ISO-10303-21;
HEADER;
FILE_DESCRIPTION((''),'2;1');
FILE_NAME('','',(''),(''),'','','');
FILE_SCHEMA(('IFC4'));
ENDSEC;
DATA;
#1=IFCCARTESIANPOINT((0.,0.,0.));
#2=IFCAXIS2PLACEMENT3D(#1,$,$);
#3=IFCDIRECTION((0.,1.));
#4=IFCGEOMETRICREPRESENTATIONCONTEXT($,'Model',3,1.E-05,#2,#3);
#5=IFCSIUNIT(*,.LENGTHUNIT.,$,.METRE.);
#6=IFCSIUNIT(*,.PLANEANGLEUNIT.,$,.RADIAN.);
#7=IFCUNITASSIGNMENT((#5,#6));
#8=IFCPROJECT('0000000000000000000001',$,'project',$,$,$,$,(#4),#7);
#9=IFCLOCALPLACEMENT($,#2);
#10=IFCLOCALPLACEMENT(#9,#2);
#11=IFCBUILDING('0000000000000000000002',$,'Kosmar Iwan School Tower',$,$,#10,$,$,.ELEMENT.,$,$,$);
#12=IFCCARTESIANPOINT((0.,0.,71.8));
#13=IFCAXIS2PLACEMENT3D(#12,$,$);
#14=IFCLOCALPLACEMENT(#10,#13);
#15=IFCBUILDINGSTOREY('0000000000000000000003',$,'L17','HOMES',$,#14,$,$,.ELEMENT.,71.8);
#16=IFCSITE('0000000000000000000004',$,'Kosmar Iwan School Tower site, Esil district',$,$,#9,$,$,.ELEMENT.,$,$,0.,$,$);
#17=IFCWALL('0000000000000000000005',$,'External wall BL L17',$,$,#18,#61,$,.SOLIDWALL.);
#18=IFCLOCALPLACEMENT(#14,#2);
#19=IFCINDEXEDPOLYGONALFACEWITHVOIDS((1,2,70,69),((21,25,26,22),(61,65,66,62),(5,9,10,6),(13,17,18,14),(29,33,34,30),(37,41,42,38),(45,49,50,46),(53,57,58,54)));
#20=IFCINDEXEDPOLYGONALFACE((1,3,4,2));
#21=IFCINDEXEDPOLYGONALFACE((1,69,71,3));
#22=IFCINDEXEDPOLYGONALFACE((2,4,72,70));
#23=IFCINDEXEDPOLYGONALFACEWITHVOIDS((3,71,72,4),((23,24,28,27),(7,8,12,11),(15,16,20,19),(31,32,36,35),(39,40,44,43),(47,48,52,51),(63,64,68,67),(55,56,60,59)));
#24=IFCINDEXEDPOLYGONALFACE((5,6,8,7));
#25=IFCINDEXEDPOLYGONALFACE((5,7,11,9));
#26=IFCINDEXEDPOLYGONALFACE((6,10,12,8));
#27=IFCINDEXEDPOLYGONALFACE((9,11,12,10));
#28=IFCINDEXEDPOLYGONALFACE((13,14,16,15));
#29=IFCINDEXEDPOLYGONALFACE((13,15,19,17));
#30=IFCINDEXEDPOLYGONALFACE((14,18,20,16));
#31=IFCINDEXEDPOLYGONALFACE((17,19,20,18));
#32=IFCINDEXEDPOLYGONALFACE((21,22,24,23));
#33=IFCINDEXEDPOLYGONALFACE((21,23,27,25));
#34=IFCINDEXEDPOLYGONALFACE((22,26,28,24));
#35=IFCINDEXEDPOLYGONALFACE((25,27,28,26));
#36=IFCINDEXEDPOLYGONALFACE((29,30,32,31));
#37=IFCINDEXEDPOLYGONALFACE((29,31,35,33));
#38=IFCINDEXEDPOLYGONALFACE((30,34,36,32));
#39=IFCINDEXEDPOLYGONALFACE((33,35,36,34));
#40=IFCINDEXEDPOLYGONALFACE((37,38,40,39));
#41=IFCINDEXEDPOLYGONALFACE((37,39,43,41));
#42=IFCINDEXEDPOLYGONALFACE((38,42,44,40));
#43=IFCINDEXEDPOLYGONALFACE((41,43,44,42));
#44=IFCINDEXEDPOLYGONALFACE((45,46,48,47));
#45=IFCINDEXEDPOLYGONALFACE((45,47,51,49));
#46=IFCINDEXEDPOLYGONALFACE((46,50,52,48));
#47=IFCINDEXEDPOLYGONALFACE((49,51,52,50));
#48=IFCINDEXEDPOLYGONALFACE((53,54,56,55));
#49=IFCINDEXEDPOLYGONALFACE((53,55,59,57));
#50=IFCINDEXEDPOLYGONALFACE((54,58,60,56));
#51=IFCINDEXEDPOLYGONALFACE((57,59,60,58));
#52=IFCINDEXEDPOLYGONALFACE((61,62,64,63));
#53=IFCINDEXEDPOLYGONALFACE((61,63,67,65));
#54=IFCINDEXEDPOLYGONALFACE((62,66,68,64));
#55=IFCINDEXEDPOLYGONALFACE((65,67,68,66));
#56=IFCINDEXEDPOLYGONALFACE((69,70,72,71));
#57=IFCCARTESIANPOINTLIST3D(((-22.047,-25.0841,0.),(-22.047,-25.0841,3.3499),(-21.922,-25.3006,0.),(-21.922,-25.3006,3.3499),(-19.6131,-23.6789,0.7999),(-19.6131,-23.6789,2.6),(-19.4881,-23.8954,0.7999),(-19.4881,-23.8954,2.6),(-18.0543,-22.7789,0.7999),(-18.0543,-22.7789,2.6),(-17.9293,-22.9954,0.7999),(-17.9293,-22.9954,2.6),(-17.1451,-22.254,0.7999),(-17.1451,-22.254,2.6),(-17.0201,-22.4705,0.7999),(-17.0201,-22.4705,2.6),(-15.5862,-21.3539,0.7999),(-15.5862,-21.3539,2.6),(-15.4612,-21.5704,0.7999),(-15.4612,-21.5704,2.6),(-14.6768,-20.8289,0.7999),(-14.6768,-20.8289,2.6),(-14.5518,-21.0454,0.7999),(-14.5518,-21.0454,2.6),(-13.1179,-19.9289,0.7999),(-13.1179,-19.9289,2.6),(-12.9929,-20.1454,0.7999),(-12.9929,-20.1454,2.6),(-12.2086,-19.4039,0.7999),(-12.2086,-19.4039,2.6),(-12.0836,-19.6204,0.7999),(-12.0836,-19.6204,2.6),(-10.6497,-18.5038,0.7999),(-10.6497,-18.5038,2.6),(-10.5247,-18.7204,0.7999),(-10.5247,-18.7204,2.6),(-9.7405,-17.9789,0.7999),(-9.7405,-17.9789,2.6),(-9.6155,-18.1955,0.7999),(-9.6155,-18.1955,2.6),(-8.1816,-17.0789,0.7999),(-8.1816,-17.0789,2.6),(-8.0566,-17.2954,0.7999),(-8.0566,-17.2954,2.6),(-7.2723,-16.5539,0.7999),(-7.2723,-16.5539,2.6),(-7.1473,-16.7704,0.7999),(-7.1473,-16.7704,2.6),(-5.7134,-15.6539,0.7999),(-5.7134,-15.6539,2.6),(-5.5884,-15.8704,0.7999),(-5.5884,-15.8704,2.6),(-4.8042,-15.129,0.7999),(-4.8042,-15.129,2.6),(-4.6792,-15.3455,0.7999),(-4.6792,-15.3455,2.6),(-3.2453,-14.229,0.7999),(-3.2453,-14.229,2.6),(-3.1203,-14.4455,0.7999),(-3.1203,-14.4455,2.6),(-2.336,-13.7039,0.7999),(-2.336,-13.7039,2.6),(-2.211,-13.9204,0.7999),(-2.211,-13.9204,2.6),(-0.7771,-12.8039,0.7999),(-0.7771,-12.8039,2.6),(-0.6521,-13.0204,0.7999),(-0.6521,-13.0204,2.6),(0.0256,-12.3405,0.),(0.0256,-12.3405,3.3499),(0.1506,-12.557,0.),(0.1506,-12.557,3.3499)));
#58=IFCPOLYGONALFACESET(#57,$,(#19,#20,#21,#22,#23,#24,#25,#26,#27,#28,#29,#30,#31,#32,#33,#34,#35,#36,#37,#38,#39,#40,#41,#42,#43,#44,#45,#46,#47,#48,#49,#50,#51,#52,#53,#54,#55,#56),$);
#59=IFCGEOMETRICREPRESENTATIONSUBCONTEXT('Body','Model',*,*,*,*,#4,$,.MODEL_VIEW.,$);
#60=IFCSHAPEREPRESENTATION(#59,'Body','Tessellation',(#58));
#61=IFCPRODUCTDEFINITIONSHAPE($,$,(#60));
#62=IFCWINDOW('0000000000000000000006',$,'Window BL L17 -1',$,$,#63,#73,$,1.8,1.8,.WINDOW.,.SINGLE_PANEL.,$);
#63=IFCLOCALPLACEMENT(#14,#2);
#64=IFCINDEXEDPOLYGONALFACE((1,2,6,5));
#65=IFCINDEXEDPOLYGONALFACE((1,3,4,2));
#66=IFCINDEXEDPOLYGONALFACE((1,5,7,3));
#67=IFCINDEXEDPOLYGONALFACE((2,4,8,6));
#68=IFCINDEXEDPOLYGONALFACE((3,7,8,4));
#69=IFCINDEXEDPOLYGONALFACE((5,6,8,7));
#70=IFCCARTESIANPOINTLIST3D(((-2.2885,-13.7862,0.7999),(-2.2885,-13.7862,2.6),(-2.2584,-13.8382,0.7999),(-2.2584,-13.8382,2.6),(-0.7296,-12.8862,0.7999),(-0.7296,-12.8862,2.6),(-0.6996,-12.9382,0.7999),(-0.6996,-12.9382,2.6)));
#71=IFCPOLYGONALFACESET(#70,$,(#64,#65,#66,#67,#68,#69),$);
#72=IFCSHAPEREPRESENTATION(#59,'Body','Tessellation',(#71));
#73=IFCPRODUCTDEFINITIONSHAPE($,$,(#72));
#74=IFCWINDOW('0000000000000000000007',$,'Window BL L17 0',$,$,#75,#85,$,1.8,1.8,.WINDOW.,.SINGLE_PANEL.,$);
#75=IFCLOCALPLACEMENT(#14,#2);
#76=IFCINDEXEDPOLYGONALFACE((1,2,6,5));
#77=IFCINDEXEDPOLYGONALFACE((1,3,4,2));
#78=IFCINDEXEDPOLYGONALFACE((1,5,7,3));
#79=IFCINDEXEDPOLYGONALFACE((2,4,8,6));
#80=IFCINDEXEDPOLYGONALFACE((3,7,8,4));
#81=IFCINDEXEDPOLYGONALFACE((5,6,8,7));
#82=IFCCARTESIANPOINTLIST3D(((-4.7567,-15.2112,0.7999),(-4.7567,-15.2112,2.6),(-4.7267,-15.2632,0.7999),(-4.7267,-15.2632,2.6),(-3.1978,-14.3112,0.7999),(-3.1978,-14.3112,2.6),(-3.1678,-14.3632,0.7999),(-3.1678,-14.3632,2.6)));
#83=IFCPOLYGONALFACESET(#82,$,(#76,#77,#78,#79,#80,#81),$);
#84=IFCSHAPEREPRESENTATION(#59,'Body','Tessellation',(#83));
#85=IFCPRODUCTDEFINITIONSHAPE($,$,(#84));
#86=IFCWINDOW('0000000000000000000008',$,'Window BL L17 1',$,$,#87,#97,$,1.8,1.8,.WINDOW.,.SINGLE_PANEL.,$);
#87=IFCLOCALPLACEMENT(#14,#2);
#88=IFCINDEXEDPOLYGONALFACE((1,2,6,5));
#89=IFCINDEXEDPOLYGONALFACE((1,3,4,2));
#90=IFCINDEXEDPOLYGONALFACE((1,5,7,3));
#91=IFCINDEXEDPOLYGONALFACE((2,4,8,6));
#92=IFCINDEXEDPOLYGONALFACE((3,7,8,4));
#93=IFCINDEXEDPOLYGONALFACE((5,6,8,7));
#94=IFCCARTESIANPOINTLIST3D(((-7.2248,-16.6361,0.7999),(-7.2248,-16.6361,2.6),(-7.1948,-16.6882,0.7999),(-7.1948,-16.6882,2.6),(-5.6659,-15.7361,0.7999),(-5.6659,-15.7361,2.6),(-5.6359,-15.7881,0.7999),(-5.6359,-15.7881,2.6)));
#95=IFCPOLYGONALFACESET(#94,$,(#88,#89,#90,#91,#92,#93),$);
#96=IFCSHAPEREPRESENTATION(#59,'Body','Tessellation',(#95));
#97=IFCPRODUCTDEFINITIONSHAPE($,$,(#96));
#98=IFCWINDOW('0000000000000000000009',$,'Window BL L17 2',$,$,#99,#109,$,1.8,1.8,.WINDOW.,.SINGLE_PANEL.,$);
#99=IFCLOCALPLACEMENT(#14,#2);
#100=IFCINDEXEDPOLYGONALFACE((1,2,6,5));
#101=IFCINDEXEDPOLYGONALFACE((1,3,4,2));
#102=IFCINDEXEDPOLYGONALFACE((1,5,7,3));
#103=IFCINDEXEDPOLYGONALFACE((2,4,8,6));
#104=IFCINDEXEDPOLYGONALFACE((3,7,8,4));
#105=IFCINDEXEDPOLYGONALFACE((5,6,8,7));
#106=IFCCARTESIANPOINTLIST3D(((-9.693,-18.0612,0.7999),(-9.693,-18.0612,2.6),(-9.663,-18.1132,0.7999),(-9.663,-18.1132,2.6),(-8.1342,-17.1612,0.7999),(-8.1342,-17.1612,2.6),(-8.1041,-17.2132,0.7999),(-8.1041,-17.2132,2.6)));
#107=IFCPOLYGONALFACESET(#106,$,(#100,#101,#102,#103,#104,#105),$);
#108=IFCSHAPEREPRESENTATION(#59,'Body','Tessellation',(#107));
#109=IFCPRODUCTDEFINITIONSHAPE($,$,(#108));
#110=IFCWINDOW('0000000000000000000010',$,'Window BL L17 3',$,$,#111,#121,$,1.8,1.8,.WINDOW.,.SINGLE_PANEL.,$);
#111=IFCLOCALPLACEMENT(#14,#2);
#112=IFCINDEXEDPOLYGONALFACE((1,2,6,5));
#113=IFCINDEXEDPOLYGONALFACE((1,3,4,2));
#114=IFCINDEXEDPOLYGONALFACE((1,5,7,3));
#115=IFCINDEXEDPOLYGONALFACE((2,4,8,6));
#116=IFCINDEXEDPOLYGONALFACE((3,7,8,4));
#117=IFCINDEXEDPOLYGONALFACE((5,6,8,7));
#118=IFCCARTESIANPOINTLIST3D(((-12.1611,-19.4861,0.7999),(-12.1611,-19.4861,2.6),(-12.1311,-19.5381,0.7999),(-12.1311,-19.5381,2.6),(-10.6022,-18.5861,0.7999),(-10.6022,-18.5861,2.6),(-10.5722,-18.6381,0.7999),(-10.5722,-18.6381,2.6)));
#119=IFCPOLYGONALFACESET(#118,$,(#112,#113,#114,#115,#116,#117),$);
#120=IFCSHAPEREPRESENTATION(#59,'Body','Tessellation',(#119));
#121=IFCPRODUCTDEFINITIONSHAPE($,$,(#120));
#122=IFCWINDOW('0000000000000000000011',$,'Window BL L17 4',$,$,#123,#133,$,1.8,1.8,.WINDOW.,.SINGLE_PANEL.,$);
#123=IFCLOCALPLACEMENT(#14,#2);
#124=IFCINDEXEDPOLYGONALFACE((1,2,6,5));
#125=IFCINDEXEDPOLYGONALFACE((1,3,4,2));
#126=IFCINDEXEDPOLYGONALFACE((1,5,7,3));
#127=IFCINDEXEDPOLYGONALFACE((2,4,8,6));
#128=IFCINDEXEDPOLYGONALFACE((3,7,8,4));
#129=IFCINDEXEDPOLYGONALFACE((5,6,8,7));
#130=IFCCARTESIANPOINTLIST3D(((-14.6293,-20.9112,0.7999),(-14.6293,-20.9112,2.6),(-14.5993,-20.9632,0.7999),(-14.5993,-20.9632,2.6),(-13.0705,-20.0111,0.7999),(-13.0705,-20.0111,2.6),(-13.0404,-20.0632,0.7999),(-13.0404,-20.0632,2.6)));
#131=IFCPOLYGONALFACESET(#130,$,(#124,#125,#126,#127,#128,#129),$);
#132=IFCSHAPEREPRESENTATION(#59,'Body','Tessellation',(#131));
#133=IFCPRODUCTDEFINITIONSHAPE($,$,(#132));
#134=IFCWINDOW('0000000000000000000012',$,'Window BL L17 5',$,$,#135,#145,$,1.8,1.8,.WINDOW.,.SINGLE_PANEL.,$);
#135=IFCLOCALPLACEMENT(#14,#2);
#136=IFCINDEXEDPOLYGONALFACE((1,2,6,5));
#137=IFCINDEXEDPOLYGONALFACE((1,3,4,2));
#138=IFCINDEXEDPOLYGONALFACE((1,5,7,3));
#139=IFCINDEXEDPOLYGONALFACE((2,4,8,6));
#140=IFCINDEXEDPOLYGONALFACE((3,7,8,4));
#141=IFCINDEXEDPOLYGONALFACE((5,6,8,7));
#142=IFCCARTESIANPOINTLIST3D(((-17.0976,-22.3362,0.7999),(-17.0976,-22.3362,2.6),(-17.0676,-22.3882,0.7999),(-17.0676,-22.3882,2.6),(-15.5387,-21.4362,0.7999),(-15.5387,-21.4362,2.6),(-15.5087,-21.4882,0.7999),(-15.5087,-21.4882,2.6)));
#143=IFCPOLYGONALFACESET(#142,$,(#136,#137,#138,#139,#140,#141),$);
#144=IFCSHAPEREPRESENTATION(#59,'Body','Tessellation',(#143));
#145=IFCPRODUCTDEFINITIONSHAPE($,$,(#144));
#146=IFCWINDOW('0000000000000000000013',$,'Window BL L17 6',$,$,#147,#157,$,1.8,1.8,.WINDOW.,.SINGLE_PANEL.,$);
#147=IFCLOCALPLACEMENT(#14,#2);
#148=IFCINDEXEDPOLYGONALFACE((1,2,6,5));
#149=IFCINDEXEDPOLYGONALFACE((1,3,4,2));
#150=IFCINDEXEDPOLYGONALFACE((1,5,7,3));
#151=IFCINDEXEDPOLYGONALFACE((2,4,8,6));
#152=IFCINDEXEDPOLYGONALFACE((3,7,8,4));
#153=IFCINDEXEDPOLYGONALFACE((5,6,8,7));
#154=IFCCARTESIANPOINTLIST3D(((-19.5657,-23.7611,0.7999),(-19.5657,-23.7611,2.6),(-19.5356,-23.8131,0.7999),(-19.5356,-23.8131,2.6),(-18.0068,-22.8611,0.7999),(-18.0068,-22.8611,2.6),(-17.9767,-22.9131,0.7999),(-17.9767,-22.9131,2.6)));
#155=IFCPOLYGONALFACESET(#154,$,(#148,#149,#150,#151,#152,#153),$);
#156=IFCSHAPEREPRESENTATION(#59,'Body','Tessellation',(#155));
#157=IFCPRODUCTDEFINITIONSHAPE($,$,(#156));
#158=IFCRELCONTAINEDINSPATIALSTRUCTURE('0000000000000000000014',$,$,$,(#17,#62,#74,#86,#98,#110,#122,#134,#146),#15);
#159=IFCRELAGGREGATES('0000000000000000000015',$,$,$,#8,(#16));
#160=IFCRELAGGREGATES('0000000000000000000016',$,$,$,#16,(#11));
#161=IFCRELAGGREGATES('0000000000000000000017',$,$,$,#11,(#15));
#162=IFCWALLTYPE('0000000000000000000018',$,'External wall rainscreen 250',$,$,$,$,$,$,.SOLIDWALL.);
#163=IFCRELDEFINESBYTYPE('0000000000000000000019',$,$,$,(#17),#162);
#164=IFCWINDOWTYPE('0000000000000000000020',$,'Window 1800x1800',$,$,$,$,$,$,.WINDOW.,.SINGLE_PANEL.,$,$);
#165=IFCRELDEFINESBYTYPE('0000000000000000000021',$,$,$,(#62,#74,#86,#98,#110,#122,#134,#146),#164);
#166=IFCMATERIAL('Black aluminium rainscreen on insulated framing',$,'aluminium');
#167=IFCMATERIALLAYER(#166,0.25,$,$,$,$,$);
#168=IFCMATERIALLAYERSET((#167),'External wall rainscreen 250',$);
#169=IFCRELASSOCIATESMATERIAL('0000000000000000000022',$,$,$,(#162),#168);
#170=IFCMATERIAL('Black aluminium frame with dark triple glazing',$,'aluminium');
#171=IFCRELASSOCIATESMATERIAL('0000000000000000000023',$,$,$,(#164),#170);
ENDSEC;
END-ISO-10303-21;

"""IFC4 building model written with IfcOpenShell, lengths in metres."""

from ifc_helpers import new_model, si_unit, direction, frame, frame_2d, origin, place, context, subcontext, project, spatial, rectangle, extrude, material, layer, layer_set, type_object, element, fill, save


model = new_model("IFC4")

# Units and contexts
model_context = context("Model", 3, precision=1e-05, world=origin(), true_north=direction((0.0, 1.0)))
body_context = subcontext(model_context, "Body", "Model", "MODEL_VIEW")
ifc_project = project(units=[si_unit("LENGTHUNIT", "METRE"), si_unit("PLANEANGLEUNIT", "RADIAN")], contexts=[model_context])

# Site, building, storey
site_placement = place(None, origin())
site = spatial("IfcSite", under=ifc_project, at=site_placement, Name="Kosmar Iwan School Tower site, Esil district", CompositionType="ELEMENT", RefElevation=0.0)
building_placement = place(site_placement, origin())
building = spatial("IfcBuilding", under=site, at=building_placement, Name="Kosmar Iwan School Tower", CompositionType="ELEMENT")
storey_placement = place(building_placement, frame((0.0, 0.0, 71.8)))
storey = spatial("IfcBuildingStorey", under=building, at=storey_placement, Name="L17", Description="HOMES", CompositionType="ELEMENT", Elevation=71.8)

# Wall, openings, windows
ifc_material_1 = material(Name="Black aluminium rainscreen on insulated framing", Category="aluminium")
ifc_layer = layer(ifc_material_1, 0.25)
ifc_layer_set = layer_set([ifc_layer], Name="External wall rainscreen 250")
wall_type = type_object("IfcWallType", Name="External wall rainscreen 250", PredefinedType="SOLIDWALL", material=ifc_layer_set)
wall_placement = place(storey_placement, frame((0.0881, -12.4487, 0.0), z_axis=(0.0, 0.0, 1.0), x_axis=(-0.866026, -0.499998, 0.0)))
wall = element("IfcWall", 1, at=wall_placement, inside=storey, type_object=wall_type, Name="External wall BL L17", PredefinedType="SOLIDWALL", context=body_context, shape_type="SweptSolid", body=[
    extrude(rectangle(XDim=25.4873, YDim=0.25, at=frame_2d((12.7437, 0.0))), origin(), (0.0, 0.0, 1.0), 3.3499),
])
opening_1_placement = place(wall_placement, frame((0.927, 0.0, 0.8)))
opening_1 = element("IfcOpeningElement", 2, at=opening_1_placement, cuts=wall, PredefinedType="OPENING", context=body_context, shape_type="SweptSolid", body=[
    extrude(rectangle(XDim=1.8, YDim=1.8, at=frame_2d((0.8999, 0.8999))), frame((0.0, 0.137, 0.0), z_axis=(0.0, -1.0, 0.0), x_axis=(1.0, 0.0, 0.0)), (0.0, 0.0, 1.0), 0.2739),
])
opening_2_placement = place(wall_placement, frame((3.7771, 0.0, 0.8)))
opening_2 = element("IfcOpeningElement", 3, at=opening_2_placement, cuts=wall, PredefinedType="OPENING", context=body_context, shape_type="SweptSolid", body=[
    extrude(rectangle(XDim=1.8, YDim=1.8, at=frame_2d((0.8999, 0.8999))), frame((0.0, 0.137, 0.0), z_axis=(0.0, -1.0, 0.0), x_axis=(1.0, 0.0, 0.0)), (0.0, 0.0, 1.0), 0.2739),
])
opening_3_placement = place(wall_placement, frame((6.627, 0.0, 0.8)))
opening_3 = element("IfcOpeningElement", 4, at=opening_3_placement, cuts=wall, PredefinedType="OPENING", context=body_context, shape_type="SweptSolid", body=[
    extrude(rectangle(XDim=1.8, YDim=1.8, at=frame_2d((0.8999, 0.8999))), frame((0.0, 0.137, 0.0), z_axis=(0.0, -1.0, 0.0), x_axis=(1.0, 0.0, 0.0)), (0.0, 0.0, 1.0), 0.2739),
])
opening_4_placement = place(wall_placement, frame((9.4771, 0.0, 0.8)))
opening_4 = element("IfcOpeningElement", 5, at=opening_4_placement, cuts=wall, PredefinedType="OPENING", context=body_context, shape_type="SweptSolid", body=[
    extrude(rectangle(XDim=1.8, YDim=1.8, at=frame_2d((0.8999, 0.8999))), frame((0.0, 0.137, 0.0), z_axis=(0.0, -1.0, 0.0), x_axis=(1.0, 0.0, 0.0)), (0.0, 0.0, 1.0), 0.2739),
])
opening_5_placement = place(wall_placement, frame((12.3269, 0.0, 0.8)))
opening_5 = element("IfcOpeningElement", 6, at=opening_5_placement, cuts=wall, PredefinedType="OPENING", context=body_context, shape_type="SweptSolid", body=[
    extrude(rectangle(XDim=1.8, YDim=1.8, at=frame_2d((0.8999, 0.8999))), frame((0.0, 0.137, 0.0), z_axis=(0.0, -1.0, 0.0), x_axis=(1.0, 0.0, 0.0)), (0.0, 0.0, 1.0), 0.2739),
])
opening_6_placement = place(wall_placement, frame((15.177, 0.0, 0.8)))
opening_6 = element("IfcOpeningElement", 7, at=opening_6_placement, cuts=wall, PredefinedType="OPENING", context=body_context, shape_type="SweptSolid", body=[
    extrude(rectangle(XDim=1.8, YDim=1.8, at=frame_2d((0.8999, 0.8999))), frame((0.0, 0.137, 0.0), z_axis=(0.0, -1.0, 0.0), x_axis=(1.0, 0.0, 0.0)), (0.0, 0.0, 1.0), 0.2739),
])
opening_7_placement = place(wall_placement, frame((18.0271, 0.0, 0.8)))
opening_7 = element("IfcOpeningElement", 8, at=opening_7_placement, cuts=wall, PredefinedType="OPENING", context=body_context, shape_type="SweptSolid", body=[
    extrude(rectangle(XDim=1.8, YDim=1.8, at=frame_2d((0.8999, 0.8999))), frame((0.0, 0.137, 0.0), z_axis=(0.0, -1.0, 0.0), x_axis=(1.0, 0.0, 0.0)), (0.0, 0.0, 1.0), 0.2739),
])
opening_8_placement = place(wall_placement, frame((20.877, 0.0, 0.8)))
opening_8 = element("IfcOpeningElement", 9, at=opening_8_placement, cuts=wall, PredefinedType="OPENING", context=body_context, shape_type="SweptSolid", body=[
    extrude(rectangle(XDim=1.8, YDim=1.8, at=frame_2d((0.8999, 0.8999))), frame((0.0, 0.137, 0.0), z_axis=(0.0, -1.0, 0.0), x_axis=(1.0, 0.0, 0.0)), (0.0, 0.0, 1.0), 0.2739),
])
ifc_material_2 = material(Name="Black aluminium frame with dark triple glazing", Category="aluminium")
window_type = type_object("IfcWindowType", Name="Window 1800x1800", PartitioningType="SINGLE_PANEL", PredefinedType="WINDOW", material=ifc_material_2)
window_1_placement = place(opening_1_placement, origin())
window_1 = element("IfcWindow", 10, at=window_1_placement, inside=storey, type_object=window_type, Name="Window BL L17 -1", OverallHeight=1.8, OverallWidth=1.8, PartitioningType="SINGLE_PANEL", PredefinedType="WINDOW", context=body_context, shape_type="SweptSolid", body=[
    extrude(rectangle(XDim=1.8, YDim=1.8, at=frame_2d((0.8999, 0.8999))), frame((0.0, 0.03, 0.0), z_axis=(0.0, -1.0, 0.0), x_axis=(1.0, 0.0, 0.0)), (0.0, 0.0, 1.0), 0.0601),
])
fill(opening_1, window_1)
window_2_placement = place(opening_2_placement, origin())
window_2 = element("IfcWindow", 11, at=window_2_placement, inside=storey, type_object=window_type, Name="Window BL L17 0", OverallHeight=1.8, OverallWidth=1.8, PartitioningType="SINGLE_PANEL", PredefinedType="WINDOW", context=body_context, shape_type="SweptSolid", body=[
    extrude(rectangle(XDim=1.8, YDim=1.8, at=frame_2d((0.8999, 0.8999))), frame((0.0, 0.03, 0.0), z_axis=(0.0, -1.0, 0.0), x_axis=(1.0, 0.0, 0.0)), (0.0, 0.0, 1.0), 0.0601),
])
fill(opening_2, window_2)
window_3_placement = place(opening_3_placement, origin())
window_3 = element("IfcWindow", 12, at=window_3_placement, inside=storey, type_object=window_type, Name="Window BL L17 1", OverallHeight=1.8, OverallWidth=1.8, PartitioningType="SINGLE_PANEL", PredefinedType="WINDOW", context=body_context, shape_type="SweptSolid", body=[
    extrude(rectangle(XDim=1.8, YDim=1.8, at=frame_2d((0.8999, 0.8999))), frame((0.0, 0.03, 0.0), z_axis=(0.0, -1.0, 0.0), x_axis=(1.0, 0.0, 0.0)), (0.0, 0.0, 1.0), 0.0601),
])
fill(opening_3, window_3)
window_4_placement = place(opening_4_placement, origin())
window_4 = element("IfcWindow", 13, at=window_4_placement, inside=storey, type_object=window_type, Name="Window BL L17 2", OverallHeight=1.8, OverallWidth=1.8, PartitioningType="SINGLE_PANEL", PredefinedType="WINDOW", context=body_context, shape_type="SweptSolid", body=[
    extrude(rectangle(XDim=1.8, YDim=1.8, at=frame_2d((0.8999, 0.8999))), frame((0.0, 0.03, 0.0), z_axis=(0.0, -1.0, 0.0), x_axis=(1.0, 0.0, 0.0)), (0.0, 0.0, 1.0), 0.0601),
])
fill(opening_4, window_4)
window_5_placement = place(opening_5_placement, origin())
window_5 = element("IfcWindow", 14, at=window_5_placement, inside=storey, type_object=window_type, Name="Window BL L17 3", OverallHeight=1.8, OverallWidth=1.8, PartitioningType="SINGLE_PANEL", PredefinedType="WINDOW", context=body_context, shape_type="SweptSolid", body=[
    extrude(rectangle(XDim=1.8, YDim=1.8, at=frame_2d((0.8999, 0.8999))), frame((0.0, 0.03, 0.0), z_axis=(0.0, -1.0, 0.0), x_axis=(1.0, 0.0, 0.0)), (0.0, 0.0, 1.0), 0.0601),
])
fill(opening_5, window_5)
window_6_placement = place(opening_6_placement, origin())
window_6 = element("IfcWindow", 15, at=window_6_placement, inside=storey, type_object=window_type, Name="Window BL L17 4", OverallHeight=1.8, OverallWidth=1.8, PartitioningType="SINGLE_PANEL", PredefinedType="WINDOW", context=body_context, shape_type="SweptSolid", body=[
    extrude(rectangle(XDim=1.8, YDim=1.8, at=frame_2d((0.8999, 0.8999))), frame((0.0, 0.03, 0.0), z_axis=(0.0, -1.0, 0.0), x_axis=(1.0, 0.0, 0.0)), (0.0, 0.0, 1.0), 0.0601),
])
fill(opening_6, window_6)
window_7_placement = place(opening_7_placement, origin())
window_7 = element("IfcWindow", 16, at=window_7_placement, inside=storey, type_object=window_type, Name="Window BL L17 5", OverallHeight=1.8, OverallWidth=1.8, PartitioningType="SINGLE_PANEL", PredefinedType="WINDOW", context=body_context, shape_type="SweptSolid", body=[
    extrude(rectangle(XDim=1.8, YDim=1.8, at=frame_2d((0.8999, 0.8999))), frame((0.0, 0.03, 0.0), z_axis=(0.0, -1.0, 0.0), x_axis=(1.0, 0.0, 0.0)), (0.0, 0.0, 1.0), 0.0601),
])
fill(opening_7, window_7)
window_8_placement = place(opening_8_placement, origin())
window_8 = element("IfcWindow", 17, at=window_8_placement, inside=storey, type_object=window_type, Name="Window BL L17 6", OverallHeight=1.8, OverallWidth=1.8, PartitioningType="SINGLE_PANEL", PredefinedType="WINDOW", context=body_context, shape_type="SweptSolid", body=[
    extrude(rectangle(XDim=1.8, YDim=1.8, at=frame_2d((0.8999, 0.8999))), frame((0.0, 0.03, 0.0), z_axis=(0.0, -1.0, 0.0), x_axis=(1.0, 0.0, 0.0)), (0.0, 0.0, 1.0), 0.0601),
])
fill(opening_8, window_8)

save(model, "model.ifc")
